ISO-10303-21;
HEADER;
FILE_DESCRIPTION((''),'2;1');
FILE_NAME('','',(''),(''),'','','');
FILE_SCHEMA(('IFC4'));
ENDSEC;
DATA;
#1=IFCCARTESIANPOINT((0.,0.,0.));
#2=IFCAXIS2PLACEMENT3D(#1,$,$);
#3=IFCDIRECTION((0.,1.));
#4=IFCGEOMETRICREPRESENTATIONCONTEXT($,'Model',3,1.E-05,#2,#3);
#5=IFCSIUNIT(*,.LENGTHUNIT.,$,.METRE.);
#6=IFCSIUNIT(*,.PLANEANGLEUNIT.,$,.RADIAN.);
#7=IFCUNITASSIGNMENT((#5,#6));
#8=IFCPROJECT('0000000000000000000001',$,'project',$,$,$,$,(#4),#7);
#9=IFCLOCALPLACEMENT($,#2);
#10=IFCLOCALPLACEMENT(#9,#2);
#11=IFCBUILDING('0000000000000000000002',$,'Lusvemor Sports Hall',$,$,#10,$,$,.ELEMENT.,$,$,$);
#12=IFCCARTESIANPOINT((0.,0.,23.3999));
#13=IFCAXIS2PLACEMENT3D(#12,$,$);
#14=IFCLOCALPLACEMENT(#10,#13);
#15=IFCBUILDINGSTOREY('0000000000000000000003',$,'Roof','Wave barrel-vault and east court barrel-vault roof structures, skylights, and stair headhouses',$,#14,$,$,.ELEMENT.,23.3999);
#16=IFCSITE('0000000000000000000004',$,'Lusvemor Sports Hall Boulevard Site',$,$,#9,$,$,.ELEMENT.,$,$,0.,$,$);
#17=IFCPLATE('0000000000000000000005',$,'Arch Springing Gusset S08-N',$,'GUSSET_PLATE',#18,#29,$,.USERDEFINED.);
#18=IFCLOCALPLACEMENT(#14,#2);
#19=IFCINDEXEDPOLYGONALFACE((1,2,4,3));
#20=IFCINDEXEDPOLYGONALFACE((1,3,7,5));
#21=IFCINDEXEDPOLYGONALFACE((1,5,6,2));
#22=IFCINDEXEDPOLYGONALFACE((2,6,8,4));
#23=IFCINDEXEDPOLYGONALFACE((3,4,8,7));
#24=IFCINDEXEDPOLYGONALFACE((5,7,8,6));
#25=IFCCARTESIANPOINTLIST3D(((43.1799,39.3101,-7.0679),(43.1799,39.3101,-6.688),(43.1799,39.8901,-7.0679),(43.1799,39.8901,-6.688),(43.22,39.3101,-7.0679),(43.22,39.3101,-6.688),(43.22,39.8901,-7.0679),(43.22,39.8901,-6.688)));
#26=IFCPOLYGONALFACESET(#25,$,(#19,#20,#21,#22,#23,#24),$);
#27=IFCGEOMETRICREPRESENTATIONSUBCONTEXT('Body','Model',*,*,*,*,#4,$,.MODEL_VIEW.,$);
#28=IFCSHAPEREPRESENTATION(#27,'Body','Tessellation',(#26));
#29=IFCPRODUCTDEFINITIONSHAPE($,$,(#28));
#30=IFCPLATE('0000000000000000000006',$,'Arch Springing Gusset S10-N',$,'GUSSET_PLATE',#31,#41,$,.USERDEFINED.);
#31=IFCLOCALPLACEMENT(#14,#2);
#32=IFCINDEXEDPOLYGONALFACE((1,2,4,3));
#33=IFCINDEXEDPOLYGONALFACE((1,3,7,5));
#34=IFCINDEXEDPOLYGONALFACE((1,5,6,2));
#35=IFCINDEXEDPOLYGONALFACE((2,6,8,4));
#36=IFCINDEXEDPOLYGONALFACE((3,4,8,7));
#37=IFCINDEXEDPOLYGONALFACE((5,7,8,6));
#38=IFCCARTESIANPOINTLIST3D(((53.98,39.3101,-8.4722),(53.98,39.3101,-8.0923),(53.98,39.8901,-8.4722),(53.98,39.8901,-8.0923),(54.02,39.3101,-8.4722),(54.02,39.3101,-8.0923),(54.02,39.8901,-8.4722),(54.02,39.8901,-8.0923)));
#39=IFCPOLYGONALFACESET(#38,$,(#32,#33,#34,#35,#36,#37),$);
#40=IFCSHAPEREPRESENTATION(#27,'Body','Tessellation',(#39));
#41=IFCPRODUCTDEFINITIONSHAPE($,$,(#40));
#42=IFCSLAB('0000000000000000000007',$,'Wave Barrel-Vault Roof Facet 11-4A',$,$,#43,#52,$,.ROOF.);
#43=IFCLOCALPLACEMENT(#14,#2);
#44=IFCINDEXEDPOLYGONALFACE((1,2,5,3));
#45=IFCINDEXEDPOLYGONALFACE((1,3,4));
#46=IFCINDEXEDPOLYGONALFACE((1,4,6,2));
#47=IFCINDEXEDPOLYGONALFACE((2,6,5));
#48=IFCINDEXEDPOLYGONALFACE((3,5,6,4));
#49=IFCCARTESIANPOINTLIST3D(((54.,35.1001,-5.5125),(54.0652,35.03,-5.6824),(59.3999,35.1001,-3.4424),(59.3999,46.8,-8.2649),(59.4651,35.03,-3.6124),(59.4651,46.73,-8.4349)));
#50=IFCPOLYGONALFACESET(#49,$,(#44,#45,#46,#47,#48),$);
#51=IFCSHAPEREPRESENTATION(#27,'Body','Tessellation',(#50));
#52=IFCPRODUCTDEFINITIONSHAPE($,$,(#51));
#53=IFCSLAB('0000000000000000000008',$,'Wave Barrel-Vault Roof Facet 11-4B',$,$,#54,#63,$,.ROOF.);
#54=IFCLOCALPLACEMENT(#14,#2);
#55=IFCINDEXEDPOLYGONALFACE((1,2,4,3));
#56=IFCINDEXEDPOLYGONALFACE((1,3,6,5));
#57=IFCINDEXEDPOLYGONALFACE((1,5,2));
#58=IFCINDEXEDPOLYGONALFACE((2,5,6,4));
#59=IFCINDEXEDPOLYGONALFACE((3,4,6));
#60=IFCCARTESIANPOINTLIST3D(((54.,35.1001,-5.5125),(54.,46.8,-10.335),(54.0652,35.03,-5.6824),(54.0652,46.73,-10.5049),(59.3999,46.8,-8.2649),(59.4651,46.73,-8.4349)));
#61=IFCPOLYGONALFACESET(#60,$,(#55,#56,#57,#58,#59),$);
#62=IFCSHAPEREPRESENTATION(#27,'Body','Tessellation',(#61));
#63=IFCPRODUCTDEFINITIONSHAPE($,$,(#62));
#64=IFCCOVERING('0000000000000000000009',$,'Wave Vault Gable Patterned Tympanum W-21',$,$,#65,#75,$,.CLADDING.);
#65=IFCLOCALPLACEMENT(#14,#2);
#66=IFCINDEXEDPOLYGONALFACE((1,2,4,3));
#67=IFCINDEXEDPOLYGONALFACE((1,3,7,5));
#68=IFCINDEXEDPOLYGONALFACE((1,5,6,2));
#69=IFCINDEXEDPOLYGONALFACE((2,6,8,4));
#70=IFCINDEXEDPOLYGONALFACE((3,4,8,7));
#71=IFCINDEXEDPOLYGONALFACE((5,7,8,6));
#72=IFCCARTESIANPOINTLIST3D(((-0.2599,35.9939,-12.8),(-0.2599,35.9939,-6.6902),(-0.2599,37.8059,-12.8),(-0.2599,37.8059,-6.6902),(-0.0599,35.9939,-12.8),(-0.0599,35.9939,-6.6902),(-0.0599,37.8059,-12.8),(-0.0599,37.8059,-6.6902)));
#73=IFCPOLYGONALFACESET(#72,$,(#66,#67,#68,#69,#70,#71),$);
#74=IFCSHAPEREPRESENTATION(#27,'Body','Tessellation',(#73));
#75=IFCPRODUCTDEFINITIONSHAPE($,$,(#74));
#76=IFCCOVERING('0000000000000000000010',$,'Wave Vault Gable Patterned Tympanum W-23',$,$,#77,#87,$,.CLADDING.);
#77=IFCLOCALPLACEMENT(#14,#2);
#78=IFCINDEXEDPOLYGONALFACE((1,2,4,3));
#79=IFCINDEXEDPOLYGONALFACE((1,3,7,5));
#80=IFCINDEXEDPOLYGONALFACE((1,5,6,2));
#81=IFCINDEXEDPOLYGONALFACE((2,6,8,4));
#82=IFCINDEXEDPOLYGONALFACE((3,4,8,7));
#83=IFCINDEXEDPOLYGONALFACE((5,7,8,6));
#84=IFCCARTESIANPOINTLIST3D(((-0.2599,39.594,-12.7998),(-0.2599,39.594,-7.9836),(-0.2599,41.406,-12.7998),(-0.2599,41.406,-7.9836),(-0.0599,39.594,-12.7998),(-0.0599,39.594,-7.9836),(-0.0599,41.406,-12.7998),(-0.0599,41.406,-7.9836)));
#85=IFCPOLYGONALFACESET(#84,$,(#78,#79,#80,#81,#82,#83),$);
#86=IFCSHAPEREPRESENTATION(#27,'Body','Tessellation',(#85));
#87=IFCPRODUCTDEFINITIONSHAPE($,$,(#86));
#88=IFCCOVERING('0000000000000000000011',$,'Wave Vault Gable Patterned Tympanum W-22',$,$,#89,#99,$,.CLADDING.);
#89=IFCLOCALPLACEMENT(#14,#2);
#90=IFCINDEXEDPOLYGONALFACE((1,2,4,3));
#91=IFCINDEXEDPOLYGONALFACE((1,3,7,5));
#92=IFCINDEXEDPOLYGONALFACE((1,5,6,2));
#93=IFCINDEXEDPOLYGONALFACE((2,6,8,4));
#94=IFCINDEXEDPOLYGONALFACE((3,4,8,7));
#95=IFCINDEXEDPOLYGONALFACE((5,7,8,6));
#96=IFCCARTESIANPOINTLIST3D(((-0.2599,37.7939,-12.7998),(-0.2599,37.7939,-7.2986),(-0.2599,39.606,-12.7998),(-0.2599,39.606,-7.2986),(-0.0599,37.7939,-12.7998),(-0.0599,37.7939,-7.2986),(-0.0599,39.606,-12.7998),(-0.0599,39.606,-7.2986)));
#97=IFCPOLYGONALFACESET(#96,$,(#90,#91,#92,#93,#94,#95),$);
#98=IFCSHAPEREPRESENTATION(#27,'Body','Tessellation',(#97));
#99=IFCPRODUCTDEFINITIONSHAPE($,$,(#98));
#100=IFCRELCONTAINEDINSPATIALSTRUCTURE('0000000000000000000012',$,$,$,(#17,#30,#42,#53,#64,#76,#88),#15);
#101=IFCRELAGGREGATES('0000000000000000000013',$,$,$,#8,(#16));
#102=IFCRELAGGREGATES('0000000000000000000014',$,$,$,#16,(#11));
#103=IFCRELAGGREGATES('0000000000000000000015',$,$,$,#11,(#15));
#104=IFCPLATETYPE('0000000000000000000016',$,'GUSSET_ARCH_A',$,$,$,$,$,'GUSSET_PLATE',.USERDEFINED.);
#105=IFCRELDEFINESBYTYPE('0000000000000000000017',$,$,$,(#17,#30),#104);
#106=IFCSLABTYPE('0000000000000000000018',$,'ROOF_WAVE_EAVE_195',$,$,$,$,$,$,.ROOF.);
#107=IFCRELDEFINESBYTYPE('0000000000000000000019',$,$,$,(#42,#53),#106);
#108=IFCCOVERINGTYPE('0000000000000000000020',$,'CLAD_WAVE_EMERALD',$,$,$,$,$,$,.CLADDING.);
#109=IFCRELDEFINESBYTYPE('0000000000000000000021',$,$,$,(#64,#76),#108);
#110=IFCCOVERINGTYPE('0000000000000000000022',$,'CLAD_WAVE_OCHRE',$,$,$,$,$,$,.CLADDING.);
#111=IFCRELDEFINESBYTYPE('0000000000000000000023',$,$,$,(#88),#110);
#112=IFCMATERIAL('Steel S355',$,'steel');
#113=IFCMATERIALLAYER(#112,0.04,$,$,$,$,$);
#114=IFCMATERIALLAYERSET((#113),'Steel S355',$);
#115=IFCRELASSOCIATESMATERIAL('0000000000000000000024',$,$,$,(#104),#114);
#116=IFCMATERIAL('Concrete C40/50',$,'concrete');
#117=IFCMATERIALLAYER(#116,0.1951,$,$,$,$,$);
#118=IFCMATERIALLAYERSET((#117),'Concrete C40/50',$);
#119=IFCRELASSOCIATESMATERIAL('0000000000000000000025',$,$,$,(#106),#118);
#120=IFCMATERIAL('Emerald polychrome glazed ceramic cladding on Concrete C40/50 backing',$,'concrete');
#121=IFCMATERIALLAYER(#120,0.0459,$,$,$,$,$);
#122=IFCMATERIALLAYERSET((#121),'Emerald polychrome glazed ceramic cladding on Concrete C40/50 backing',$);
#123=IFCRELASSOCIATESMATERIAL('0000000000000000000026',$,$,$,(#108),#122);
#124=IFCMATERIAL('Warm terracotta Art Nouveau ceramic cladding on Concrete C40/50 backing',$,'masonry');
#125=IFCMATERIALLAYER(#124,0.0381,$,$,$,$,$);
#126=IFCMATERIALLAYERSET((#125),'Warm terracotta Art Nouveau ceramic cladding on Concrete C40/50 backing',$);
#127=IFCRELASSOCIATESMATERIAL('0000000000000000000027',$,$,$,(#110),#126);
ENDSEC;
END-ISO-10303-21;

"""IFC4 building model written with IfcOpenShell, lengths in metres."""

from ifc_helpers import new_model, si_unit, direction, frame, origin, origin_2d, place, context, subcontext, project, spatial, polyline, rectangle, outline, extrude, material, layer, layer_set, type_object, element, save


model = new_model("IFC4")

# Units and contexts
model_context = context("Model", 3, precision=1e-05, world=origin(), true_north=direction((0.0, 1.0)))
body_context = subcontext(model_context, "Body", "Model", "MODEL_VIEW")
ifc_project = project(units=[si_unit("LENGTHUNIT", "METRE"), si_unit("PLANEANGLEUNIT", "RADIAN")], contexts=[model_context])

# Site, building, storey
site_placement = place(None, origin())
site = spatial("IfcSite", under=ifc_project, at=site_placement, Name="Lusvemor Sports Hall Boulevard Site", CompositionType="ELEMENT", RefElevation=0.0)
building_placement = place(site_placement, origin())
building = spatial("IfcBuilding", under=site, at=building_placement, Name="Lusvemor Sports Hall", CompositionType="ELEMENT")
storey_placement = place(building_placement, frame((0.0, 0.0, 23.3999)))
storey = spatial("IfcBuildingStorey", under=building, at=storey_placement, Name="Roof", Description="Wave barrel-vault and east court barrel-vault roof structures, skylights, and stair headhouses", CompositionType="ELEMENT", Elevation=23.3999)

# Plates
ifc_material_1 = material(Name="Steel S355", Category="steel")
ifc_layer_1 = layer(ifc_material_1, 0.04)
ifc_layer_set_1 = layer_set([ifc_layer_1], Name="Steel S355")
plate_type = type_object("IfcPlateType", Name="GUSSET_ARCH_A", ElementType="GUSSET_PLATE", PredefinedType="USERDEFINED", material=ifc_layer_set_1)
for number, where, z_axis, x_axis, name in (
    (1, (43.2, 39.6001, -7.0679), (0.0, 0.0, 1.0), (1.0, 0.0, 0.0), "Arch Springing Gusset S08-N"),
    (2, (54.0, 39.6001, -8.4722), (0.0, 0.0, 1.0), (1.0, 0.0, 0.0), "Arch Springing Gusset S10-N"),
):
    element("IfcPlate", number, at=place(storey_placement, frame(where, z_axis=z_axis, x_axis=x_axis)), inside=storey, type_object=plate_type, Name=name, ObjectType="GUSSET_PLATE", PredefinedType="USERDEFINED", context=body_context, shape_type="SweptSolid", body=[
        extrude(rectangle(XDim=0.04, YDim=0.5801, at=origin_2d()), origin(), (0.0, 0.0, 1.0), 0.3799),
    ])

# Slabs
ifc_material_2 = material(Name="Concrete C40/50", Category="concrete")
ifc_layer_2 = layer(ifc_material_2, 0.1951)
ifc_layer_set_2 = layer_set([ifc_layer_2], Name="Concrete C40/50")
slab_type = type_object("IfcSlabType", Name="ROOF_WAVE_EAVE_195", PredefinedType="ROOF", material=ifc_layer_set_2)
slab_1_placement = place(storey_placement, frame((54.0, 35.1001, -5.5125), z_axis=(-0.334064, 0.359187, 0.871428), x_axis=(0.93374, 0.0, 0.357952)))
element("IfcSlab", 3, at=slab_1_placement, inside=storey, type_object=slab_type, Name="Wave Barrel-Vault Roof Facet 11-4A", PredefinedType="ROOF", context=body_context, shape_type="SweptSolid", body=[
    extrude(outline(polyline([(0.0, 0.0), (5.7831, 0.0), (4.0569, 12.5366), (0.0, 0.0)])), origin(), (0.0, 0.0, -1.0), 0.1951),
])
slab_2_placement = place(storey_placement, frame((54.0, 35.1001, -5.5125), z_axis=(-0.334064, 0.359187, 0.871428), x_axis=(0.409809, 0.887932, -0.208888)))
element("IfcSlab", 4, at=slab_2_placement, inside=storey, type_object=slab_type, Name="Wave Barrel-Vault Roof Facet 11-4B", PredefinedType="ROOF", context=body_context, shape_type="SweptSolid", body=[
    extrude(outline(polyline([(0.0, 0.0), (13.1766, 0.0), (11.3961, 5.5022), (0.0, 0.0)])), origin(), (0.0, 0.0, -1.0), 0.1951),
])

# Coverings
ifc_material_3 = material(Name="Emerald polychrome glazed ceramic cladding on Concrete C40/50 backing", Category="concrete")
ifc_layer_3 = layer(ifc_material_3, 0.0459)
ifc_layer_set_3 = layer_set([ifc_layer_3], Name="Emerald polychrome glazed ceramic cladding on Concrete C40/50 backing")
covering_type_1 = type_object("IfcCoveringType", Name="CLAD_WAVE_EMERALD", PredefinedType="CLADDING", material=ifc_layer_set_3)
covering_1_placement = place(storey_placement, frame((-0.1599, 36.8999, -12.8), z_axis=(0.0, 0.0, 1.0), x_axis=(1.0, 0.0, 0.0)))
element("IfcCovering", 5, at=covering_1_placement, inside=storey, type_object=covering_type_1, Name="Wave Vault Gable Patterned Tympanum W-21", PredefinedType="CLADDING", context=body_context, shape_type="SweptSolid", body=[
    extrude(rectangle(XDim=0.2, YDim=1.812, at=origin_2d()), origin(), (0.0, 0.0, 1.0), 6.1099),
])
covering_2_placement = place(storey_placement, frame((-0.1599, 40.5, -12.7998), z_axis=(0.0, 0.0, 1.0), x_axis=(1.0, 0.0, 0.0)))
element("IfcCovering", 6, at=covering_2_placement, inside=storey, type_object=covering_type_1, Name="Wave Vault Gable Patterned Tympanum W-23", PredefinedType="CLADDING", context=body_context, shape_type="SweptSolid", body=[
    extrude(rectangle(XDim=0.2, YDim=1.812, at=origin_2d()), origin(), (0.0, 0.0, 1.0), 4.8162),
])
ifc_material_4 = material(Name="Warm terracotta Art Nouveau ceramic cladding on Concrete C40/50 backing", Category="masonry")
ifc_layer_4 = layer(ifc_material_4, 0.0381)
ifc_layer_set_4 = layer_set([ifc_layer_4], Name="Warm terracotta Art Nouveau ceramic cladding on Concrete C40/50 backing")
covering_type_2 = type_object("IfcCoveringType", Name="CLAD_WAVE_OCHRE", PredefinedType="CLADDING", material=ifc_layer_set_4)
covering_3_placement = place(storey_placement, frame((-0.1599, 38.7, -12.7998), z_axis=(0.0, 0.0, 1.0), x_axis=(1.0, 0.0, 0.0)))
element("IfcCovering", 7, at=covering_3_placement, inside=storey, type_object=covering_type_2, Name="Wave Vault Gable Patterned Tympanum W-22", PredefinedType="CLADDING", context=body_context, shape_type="SweptSolid", body=[
    extrude(rectangle(XDim=0.2, YDim=1.812, at=origin_2d()), origin(), (0.0, 0.0, 1.0), 5.5012),
])

save(model, "model.ifc")
